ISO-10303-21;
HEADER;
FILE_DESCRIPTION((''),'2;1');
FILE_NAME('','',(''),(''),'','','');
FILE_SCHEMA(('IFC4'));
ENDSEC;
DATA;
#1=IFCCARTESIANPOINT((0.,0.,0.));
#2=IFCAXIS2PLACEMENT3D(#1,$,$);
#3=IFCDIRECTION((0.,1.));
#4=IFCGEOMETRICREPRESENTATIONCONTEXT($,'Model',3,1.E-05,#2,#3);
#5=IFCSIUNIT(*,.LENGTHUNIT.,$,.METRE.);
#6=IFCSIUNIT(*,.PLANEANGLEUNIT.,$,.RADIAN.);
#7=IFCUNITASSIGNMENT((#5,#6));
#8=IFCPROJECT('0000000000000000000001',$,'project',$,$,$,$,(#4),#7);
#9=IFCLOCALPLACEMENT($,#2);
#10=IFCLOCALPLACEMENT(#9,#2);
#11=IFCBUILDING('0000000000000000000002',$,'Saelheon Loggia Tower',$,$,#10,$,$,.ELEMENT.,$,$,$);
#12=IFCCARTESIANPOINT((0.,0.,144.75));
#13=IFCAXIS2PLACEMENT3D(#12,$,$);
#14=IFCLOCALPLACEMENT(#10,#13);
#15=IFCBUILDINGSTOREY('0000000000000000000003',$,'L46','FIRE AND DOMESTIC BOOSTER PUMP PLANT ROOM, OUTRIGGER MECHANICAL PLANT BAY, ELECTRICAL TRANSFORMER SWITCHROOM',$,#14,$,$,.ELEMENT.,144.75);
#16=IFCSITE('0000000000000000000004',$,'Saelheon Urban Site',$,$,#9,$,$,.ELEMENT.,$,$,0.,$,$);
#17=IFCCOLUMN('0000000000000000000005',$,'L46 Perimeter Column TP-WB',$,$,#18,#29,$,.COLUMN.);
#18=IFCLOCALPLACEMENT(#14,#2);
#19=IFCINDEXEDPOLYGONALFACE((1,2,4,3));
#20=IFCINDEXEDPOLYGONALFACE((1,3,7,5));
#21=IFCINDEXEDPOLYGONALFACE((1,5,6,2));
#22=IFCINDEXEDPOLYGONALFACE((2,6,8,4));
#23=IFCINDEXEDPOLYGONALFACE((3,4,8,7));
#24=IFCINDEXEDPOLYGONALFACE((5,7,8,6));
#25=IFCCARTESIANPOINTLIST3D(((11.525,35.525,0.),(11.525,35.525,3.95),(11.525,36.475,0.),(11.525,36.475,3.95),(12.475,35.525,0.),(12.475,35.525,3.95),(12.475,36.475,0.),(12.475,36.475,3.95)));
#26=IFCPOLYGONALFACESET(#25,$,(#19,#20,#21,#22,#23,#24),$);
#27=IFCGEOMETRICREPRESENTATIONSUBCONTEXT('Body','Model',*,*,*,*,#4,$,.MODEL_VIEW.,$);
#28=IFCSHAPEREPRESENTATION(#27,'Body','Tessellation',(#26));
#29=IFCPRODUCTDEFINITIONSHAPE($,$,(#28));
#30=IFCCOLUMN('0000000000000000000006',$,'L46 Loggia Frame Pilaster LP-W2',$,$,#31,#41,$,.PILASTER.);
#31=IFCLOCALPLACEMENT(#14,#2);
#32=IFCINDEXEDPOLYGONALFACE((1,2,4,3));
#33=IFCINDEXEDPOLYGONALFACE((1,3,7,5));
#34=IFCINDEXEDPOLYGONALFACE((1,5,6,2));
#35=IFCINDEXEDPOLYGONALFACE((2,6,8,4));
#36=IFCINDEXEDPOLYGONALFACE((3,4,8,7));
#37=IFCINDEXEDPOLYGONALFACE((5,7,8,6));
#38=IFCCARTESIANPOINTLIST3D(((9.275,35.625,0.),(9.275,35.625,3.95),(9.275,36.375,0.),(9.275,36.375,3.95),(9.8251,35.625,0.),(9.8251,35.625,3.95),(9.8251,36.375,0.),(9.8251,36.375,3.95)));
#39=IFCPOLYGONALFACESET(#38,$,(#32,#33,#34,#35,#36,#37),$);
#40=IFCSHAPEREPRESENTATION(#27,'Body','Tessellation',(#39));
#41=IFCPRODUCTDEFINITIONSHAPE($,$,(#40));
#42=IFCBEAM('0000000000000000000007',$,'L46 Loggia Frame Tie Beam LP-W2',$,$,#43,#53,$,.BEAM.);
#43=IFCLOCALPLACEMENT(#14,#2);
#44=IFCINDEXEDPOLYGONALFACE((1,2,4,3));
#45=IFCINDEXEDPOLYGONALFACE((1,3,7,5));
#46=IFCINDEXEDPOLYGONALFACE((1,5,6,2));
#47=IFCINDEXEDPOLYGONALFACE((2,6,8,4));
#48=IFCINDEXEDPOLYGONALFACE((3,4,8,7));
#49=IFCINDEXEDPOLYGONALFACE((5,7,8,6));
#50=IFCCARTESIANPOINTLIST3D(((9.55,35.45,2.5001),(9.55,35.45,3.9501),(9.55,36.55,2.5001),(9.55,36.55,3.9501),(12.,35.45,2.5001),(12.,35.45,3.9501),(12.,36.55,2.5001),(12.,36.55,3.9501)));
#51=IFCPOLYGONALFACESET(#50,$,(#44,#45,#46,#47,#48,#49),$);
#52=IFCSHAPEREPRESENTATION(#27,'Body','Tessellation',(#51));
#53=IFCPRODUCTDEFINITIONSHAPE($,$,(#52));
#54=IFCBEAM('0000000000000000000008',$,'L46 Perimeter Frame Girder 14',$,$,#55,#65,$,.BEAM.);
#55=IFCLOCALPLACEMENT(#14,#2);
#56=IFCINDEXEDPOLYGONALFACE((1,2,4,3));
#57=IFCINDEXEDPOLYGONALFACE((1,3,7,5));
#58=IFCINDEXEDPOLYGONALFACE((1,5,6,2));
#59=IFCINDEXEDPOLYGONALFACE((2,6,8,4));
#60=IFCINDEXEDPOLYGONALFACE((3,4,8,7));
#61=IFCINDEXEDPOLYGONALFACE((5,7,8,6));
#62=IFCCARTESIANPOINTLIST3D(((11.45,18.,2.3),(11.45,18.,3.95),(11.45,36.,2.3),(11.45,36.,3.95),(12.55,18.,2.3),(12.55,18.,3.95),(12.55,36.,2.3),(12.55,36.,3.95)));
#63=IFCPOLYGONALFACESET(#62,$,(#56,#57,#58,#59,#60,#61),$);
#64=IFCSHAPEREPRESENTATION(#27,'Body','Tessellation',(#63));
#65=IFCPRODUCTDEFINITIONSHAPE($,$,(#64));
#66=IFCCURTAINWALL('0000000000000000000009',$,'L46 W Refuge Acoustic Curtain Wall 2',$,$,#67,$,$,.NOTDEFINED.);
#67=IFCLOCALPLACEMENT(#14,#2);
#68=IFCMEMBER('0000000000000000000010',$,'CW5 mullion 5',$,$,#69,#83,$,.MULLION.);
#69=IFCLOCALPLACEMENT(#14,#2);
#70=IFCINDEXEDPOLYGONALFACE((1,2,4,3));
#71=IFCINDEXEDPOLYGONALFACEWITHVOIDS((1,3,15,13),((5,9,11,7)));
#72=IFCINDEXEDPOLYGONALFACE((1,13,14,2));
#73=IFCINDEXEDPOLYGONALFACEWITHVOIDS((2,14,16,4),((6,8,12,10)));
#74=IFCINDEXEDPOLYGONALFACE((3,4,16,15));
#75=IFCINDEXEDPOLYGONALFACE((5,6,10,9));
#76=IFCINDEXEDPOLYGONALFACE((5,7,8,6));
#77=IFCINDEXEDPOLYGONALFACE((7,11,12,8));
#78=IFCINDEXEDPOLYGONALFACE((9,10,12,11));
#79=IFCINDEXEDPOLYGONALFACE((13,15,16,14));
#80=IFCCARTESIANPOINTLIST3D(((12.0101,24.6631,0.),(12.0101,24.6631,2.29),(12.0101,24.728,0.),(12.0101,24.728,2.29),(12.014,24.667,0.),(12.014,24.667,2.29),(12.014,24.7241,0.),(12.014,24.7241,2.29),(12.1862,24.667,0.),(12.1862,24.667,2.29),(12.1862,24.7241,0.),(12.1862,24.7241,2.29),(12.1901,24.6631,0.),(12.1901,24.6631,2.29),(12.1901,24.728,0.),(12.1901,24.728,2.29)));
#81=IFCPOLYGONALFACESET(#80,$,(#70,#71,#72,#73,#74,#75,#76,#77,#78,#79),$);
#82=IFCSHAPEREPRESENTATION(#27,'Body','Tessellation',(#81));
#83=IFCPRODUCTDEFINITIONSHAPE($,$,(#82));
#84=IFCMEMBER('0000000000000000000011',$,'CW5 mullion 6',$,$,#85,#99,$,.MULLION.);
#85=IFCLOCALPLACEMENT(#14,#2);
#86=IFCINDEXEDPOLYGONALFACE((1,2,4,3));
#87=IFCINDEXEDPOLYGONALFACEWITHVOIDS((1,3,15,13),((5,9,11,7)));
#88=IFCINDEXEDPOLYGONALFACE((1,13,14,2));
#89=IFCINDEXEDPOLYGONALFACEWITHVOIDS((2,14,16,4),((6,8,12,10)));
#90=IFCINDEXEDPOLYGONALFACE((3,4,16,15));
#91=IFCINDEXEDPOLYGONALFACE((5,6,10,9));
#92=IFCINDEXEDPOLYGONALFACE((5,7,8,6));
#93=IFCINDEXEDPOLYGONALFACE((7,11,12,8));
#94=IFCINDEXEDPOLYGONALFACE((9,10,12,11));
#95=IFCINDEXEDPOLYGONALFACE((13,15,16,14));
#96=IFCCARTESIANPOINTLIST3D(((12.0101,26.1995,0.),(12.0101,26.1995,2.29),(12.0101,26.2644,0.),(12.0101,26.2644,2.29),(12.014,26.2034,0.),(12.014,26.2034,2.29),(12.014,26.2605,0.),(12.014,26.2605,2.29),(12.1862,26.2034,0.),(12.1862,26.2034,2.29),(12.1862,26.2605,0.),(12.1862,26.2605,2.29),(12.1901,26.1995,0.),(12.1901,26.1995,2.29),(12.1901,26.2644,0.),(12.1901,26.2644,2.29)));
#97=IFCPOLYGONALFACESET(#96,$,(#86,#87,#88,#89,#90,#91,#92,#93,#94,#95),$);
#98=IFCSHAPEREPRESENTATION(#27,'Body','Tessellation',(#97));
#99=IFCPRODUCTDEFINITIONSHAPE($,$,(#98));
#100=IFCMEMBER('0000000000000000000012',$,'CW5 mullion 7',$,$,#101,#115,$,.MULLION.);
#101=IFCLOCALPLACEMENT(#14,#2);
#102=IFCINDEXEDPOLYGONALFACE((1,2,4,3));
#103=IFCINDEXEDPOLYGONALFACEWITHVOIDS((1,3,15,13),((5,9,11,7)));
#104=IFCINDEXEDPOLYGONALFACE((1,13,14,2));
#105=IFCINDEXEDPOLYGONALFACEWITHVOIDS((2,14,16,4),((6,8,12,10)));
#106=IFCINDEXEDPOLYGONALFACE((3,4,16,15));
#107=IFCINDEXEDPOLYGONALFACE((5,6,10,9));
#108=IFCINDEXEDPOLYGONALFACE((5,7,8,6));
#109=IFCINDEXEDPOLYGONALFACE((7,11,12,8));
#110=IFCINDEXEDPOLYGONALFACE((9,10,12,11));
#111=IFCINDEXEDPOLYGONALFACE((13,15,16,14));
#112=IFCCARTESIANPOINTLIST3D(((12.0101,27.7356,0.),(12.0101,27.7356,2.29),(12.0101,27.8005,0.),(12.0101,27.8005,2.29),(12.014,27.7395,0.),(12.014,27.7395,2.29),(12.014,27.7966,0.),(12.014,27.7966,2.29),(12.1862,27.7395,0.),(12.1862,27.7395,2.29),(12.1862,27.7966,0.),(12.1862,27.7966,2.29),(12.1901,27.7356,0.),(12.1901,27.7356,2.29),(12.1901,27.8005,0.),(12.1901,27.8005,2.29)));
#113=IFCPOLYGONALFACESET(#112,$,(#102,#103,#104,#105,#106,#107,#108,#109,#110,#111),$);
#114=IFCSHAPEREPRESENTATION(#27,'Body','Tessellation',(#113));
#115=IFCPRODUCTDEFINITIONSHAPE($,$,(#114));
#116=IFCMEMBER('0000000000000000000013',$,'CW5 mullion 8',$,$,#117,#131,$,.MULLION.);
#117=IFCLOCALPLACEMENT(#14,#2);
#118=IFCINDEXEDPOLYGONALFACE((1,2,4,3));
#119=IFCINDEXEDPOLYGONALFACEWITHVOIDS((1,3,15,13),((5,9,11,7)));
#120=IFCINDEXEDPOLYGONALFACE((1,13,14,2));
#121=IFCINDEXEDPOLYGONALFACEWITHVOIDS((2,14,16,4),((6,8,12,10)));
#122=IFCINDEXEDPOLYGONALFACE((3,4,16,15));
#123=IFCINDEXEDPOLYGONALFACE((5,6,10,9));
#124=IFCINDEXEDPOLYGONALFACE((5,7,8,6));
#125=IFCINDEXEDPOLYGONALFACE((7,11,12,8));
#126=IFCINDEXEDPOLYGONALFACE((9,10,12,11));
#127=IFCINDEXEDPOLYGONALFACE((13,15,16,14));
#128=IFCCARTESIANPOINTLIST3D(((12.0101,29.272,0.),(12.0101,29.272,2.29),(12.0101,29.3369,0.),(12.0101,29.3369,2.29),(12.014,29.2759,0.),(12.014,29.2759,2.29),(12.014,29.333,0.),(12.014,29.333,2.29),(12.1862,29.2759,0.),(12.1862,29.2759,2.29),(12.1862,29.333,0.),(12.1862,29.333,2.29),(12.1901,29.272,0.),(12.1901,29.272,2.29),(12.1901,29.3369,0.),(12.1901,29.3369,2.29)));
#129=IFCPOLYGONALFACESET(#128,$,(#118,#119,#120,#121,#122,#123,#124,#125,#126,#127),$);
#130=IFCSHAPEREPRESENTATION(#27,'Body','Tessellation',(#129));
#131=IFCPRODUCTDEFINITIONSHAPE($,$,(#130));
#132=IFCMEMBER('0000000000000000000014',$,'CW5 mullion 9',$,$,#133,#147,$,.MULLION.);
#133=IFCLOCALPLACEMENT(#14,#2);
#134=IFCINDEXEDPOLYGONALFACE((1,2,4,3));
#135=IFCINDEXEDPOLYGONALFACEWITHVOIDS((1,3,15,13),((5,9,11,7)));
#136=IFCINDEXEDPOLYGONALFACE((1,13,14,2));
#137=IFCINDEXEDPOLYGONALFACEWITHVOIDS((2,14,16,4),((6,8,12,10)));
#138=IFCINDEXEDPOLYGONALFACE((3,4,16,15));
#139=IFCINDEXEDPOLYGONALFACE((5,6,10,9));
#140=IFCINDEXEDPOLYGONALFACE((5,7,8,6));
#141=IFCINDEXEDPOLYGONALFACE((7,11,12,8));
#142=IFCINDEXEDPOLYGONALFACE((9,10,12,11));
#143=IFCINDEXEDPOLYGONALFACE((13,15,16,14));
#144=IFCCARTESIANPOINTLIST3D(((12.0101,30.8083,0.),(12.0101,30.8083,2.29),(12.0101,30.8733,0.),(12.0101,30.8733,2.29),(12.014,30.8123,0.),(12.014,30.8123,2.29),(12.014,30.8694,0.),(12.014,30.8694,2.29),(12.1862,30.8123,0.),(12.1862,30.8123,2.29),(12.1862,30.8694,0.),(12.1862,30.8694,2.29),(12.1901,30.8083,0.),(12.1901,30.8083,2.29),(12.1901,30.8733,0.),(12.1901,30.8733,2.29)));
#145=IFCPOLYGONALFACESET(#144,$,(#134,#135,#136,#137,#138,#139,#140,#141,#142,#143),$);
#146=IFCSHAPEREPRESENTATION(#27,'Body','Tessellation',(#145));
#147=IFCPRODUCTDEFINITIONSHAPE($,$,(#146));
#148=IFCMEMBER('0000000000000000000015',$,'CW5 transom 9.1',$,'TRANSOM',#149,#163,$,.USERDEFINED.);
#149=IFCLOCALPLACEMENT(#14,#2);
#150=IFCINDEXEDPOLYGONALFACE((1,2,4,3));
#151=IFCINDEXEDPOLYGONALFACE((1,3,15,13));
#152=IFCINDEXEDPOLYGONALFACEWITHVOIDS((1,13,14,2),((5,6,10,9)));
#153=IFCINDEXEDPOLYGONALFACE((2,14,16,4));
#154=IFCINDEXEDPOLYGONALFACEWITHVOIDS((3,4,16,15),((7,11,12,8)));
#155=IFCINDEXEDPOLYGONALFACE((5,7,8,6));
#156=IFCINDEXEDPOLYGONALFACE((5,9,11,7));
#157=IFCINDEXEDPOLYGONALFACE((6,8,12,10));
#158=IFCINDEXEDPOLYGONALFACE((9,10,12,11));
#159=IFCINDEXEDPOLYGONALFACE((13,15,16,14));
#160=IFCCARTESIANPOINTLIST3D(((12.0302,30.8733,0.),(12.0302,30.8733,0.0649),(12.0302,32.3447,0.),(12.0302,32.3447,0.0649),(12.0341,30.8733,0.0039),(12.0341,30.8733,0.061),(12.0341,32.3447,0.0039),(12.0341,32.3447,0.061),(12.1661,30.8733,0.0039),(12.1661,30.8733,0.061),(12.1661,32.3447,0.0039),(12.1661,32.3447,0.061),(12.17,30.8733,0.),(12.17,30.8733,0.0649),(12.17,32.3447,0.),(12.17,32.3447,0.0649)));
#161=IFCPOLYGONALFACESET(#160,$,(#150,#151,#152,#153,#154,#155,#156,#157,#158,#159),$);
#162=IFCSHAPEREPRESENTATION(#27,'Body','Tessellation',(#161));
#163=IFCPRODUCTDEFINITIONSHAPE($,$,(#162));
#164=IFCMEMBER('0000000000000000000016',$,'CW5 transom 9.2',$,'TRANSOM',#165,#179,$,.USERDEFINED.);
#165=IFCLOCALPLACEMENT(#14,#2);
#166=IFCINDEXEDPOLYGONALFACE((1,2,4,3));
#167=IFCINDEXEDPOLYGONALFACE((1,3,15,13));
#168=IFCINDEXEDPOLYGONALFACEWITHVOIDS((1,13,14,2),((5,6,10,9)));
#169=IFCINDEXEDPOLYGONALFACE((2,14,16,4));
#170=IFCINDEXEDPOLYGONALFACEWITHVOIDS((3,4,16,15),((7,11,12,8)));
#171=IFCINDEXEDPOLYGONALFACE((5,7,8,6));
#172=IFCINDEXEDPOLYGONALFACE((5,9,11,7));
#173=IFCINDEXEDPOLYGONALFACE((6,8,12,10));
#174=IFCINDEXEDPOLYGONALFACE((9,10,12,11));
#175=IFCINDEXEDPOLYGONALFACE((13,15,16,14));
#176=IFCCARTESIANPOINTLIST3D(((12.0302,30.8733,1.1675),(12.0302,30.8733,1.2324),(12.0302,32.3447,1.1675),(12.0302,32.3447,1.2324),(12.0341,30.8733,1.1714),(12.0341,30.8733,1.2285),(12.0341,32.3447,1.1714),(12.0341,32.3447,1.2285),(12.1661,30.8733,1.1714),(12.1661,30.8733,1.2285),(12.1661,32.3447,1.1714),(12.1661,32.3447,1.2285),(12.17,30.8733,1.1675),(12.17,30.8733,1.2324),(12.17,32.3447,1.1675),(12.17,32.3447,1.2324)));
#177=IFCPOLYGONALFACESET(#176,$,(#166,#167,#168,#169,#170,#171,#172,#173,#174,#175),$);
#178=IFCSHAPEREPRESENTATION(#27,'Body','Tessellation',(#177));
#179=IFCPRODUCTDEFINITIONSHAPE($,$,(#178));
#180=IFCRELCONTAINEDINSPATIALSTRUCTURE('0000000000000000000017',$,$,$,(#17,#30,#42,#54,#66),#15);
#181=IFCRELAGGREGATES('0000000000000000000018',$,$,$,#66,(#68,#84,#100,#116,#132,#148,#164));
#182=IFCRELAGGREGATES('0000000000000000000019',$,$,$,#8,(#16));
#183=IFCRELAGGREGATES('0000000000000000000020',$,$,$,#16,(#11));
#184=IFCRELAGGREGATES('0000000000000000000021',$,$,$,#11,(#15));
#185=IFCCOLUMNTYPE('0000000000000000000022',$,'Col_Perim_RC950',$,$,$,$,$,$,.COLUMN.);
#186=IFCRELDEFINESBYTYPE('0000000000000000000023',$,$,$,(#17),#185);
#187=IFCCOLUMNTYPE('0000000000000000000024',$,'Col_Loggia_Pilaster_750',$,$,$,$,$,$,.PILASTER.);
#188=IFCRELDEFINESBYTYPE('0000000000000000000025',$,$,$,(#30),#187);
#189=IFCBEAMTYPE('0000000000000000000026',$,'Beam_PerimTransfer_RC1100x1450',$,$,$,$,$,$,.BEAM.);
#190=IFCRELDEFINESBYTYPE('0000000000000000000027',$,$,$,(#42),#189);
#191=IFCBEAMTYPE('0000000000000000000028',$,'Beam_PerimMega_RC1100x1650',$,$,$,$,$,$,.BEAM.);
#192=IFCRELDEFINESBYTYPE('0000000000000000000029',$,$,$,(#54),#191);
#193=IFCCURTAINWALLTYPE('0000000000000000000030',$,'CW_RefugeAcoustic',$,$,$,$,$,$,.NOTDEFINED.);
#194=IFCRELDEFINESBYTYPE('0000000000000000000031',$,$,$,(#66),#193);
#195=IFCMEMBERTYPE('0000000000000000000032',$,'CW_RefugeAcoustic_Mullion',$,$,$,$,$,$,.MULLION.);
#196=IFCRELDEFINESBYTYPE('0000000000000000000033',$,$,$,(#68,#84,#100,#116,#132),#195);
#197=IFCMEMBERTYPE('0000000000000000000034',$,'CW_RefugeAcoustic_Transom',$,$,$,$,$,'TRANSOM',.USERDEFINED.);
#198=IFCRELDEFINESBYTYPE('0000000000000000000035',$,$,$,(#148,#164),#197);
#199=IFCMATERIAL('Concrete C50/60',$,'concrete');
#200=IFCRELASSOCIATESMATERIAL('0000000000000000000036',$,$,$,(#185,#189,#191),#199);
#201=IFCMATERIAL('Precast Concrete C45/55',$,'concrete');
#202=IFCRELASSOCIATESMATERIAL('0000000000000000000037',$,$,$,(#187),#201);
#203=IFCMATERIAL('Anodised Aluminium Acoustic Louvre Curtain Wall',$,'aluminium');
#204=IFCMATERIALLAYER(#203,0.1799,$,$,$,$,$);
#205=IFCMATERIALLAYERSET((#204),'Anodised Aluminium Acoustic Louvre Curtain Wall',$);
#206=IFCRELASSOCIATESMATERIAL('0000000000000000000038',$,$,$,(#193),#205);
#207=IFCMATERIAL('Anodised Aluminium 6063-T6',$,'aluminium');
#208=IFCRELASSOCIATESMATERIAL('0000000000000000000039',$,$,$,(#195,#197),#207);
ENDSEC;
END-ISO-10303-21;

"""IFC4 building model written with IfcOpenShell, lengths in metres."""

from ifc_helpers import new_model, si_unit, direction, frame, origin, origin_2d, place, context, subcontext, project, spatial, rectangle, hollow_rectangle, extrude, source, transform, mapped, material, layer, layer_set, material_profile, profile_set, type_object, element, aggregate, save


model = new_model("IFC4")

# Units and contexts
model_context = context("Model", 3, precision=1e-05, world=origin(), true_north=direction((0.0, 1.0)))
body_context = subcontext(model_context, "Body", "Model", "MODEL_VIEW")
ifc_project = project(units=[si_unit("LENGTHUNIT", "METRE"), si_unit("PLANEANGLEUNIT", "RADIAN")], contexts=[model_context])

# Site, building, storey
site_placement = place(None, origin())
site = spatial("IfcSite", under=ifc_project, at=site_placement, Name="Saelheon Urban Site", CompositionType="ELEMENT", RefElevation=0.0)
building_placement = place(site_placement, origin())
building = spatial("IfcBuilding", under=site, at=building_placement, Name="Saelheon Loggia Tower", CompositionType="ELEMENT")
storey_placement = place(building_placement, frame((0.0, 0.0, 144.75)))
storey = spatial("IfcBuildingStorey", under=building, at=storey_placement, Name="L46", Description="FIRE AND DOMESTIC BOOSTER PUMP PLANT ROOM, OUTRIGGER MECHANICAL PLANT BAY, ELECTRICAL TRANSFORMER SWITCHROOM", CompositionType="ELEMENT", Elevation=144.75)

# Columns
ifc_material_1 = material(Name="Concrete C50/60", Category="concrete")
ifc_material_profile_1 = material_profile(ifc_material_1, rectangle(XDim=0.95, YDim=0.95, at=origin_2d()), Name="RC-950x950")
ifc_profile_set_1 = profile_set([ifc_material_profile_1], Name="Concrete C50/60")
column_type_1 = type_object("IfcColumnType", Name="Col_Perim_RC950", PredefinedType="COLUMN", material=ifc_profile_set_1)
shared_shape_1 = source(origin(), body_context, "Body", "SweptSolid", [
    extrude(rectangle(XDim=0.95, YDim=0.95, at=origin_2d()), origin(), (0.0, 0.0, 1.0), 3.95),
])
column_1_placement = place(storey_placement, frame((12.0, 36.0, 0.0), z_axis=(0.0, 0.0, 1.0), x_axis=(1.0, 0.0, 0.0)))
element("IfcColumn", 1, at=column_1_placement, inside=storey, type_object=column_type_1, Name="L46 Perimeter Column TP-WB", PredefinedType="COLUMN", context=body_context, shape_type="MappedRepresentation", body=[
    mapped(shared_shape_1, transform((0.0, 0.0, 0.0), scale=1.0)),
])
ifc_material_2 = material(Name="Precast Concrete C45/55", Category="concrete")
ifc_material_profile_2 = material_profile(ifc_material_2, rectangle(XDim=0.55, YDim=0.75, at=origin_2d()), Name="RC-550x750")
ifc_profile_set_2 = profile_set([ifc_material_profile_2], Name="Precast Concrete C45/55")
column_type_2 = type_object("IfcColumnType", Name="Col_Loggia_Pilaster_750", PredefinedType="PILASTER", material=ifc_profile_set_2)
shared_shape_2 = source(origin(), body_context, "Body", "SweptSolid", [
    extrude(rectangle(XDim=0.55, YDim=0.75, at=origin_2d()), origin(), (0.0, 0.0, 1.0), 3.95),
])
column_2_placement = place(storey_placement, frame((9.55, 36.0, 0.0), z_axis=(0.0, 0.0, 1.0), x_axis=(1.0, 0.0, 0.0)))
element("IfcColumn", 2, at=column_2_placement, inside=storey, type_object=column_type_2, Name="L46 Loggia Frame Pilaster LP-W2", PredefinedType="PILASTER", context=body_context, shape_type="MappedRepresentation", body=[
    mapped(shared_shape_2, transform((0.0, 0.0, 0.0), scale=1.0)),
])

# Beams
ifc_material_profile_3 = material_profile(ifc_material_1, rectangle(XDim=1.1001, YDim=1.45, at=origin_2d()), Name="RC-1100x1450")
ifc_profile_set_3 = profile_set([ifc_material_profile_3], Name="Concrete C50/60")
beam_type_1 = type_object("IfcBeamType", Name="Beam_PerimTransfer_RC1100x1450", PredefinedType="BEAM", material=ifc_profile_set_3)
shared_shape_3 = source(origin(), body_context, "Body", "SweptSolid", [
    extrude(rectangle(XDim=1.1001, YDim=1.45, at=origin_2d()), origin(), (0.0, 0.0, 1.0), 2.45),
])
beam_1_placement = place(storey_placement, frame((12.0, 36.0, 3.2251), z_axis=(-1.0, 0.0, 0.0), x_axis=(0.0, -1.0, 0.0)))
element("IfcBeam", 3, at=beam_1_placement, inside=storey, type_object=beam_type_1, Name="L46 Loggia Frame Tie Beam LP-W2", PredefinedType="BEAM", context=body_context, shape_type="MappedRepresentation", body=[
    mapped(shared_shape_3, transform((0.0, 0.0, 0.0), scale=1.0)),
])
ifc_material_profile_4 = material_profile(ifc_material_1, rectangle(XDim=1.1001, YDim=1.6499, at=origin_2d()), Name="RC-1100x1650")
ifc_profile_set_4 = profile_set([ifc_material_profile_4], Name="Concrete C50/60")
beam_type_2 = type_object("IfcBeamType", Name="Beam_PerimMega_RC1100x1650", PredefinedType="BEAM", material=ifc_profile_set_4)
shared_shape_4 = source(origin(), body_context, "Body", "SweptSolid", [
    extrude(rectangle(XDim=1.1001, YDim=1.6499, at=origin_2d()), origin(), (0.0, 0.0, 1.0), 18.0),
])
beam_2_placement = place(storey_placement, frame((12.0, 36.0, 3.125), z_axis=(0.0, -1.0, 0.0), x_axis=(1.0, 0.0, 0.0)))
element("IfcBeam", 4, at=beam_2_placement, inside=storey, type_object=beam_type_2, Name="L46 Perimeter Frame Girder 14", PredefinedType="BEAM", context=body_context, shape_type="MappedRepresentation", body=[
    mapped(shared_shape_4, transform((0.0, 0.0, 0.0), scale=1.0)),
])

# Curtain wall, members
ifc_material_3 = material(Name="Anodised Aluminium Acoustic Louvre Curtain Wall", Category="aluminium")
ifc_layer_1 = layer(ifc_material_3, 0.1799)
ifc_layer_set_1 = layer_set([ifc_layer_1], Name="Anodised Aluminium Acoustic Louvre Curtain Wall")
curtain_wall_type = type_object("IfcCurtainWallType", Name="CW_RefugeAcoustic", PredefinedType="NOTDEFINED", material=ifc_layer_set_1)
curtain_wall_placement = place(storey_placement, origin())
curtain_wall = element("IfcCurtainWall", 5, at=curtain_wall_placement, inside=storey, type_object=curtain_wall_type, Name="L46 W Refuge Acoustic Curtain Wall 2", PredefinedType="NOTDEFINED")
ifc_material_4 = material(Name="Anodised Aluminium 6063-T6", Category="aluminium")
ifc_material_profile_5 = material_profile(ifc_material_4, hollow_rectangle(XDim=0.0649, YDim=0.1799, WallThickness=0.0039, at=origin_2d()), Name="RHS-180x65x4")
ifc_profile_set_5 = profile_set([ifc_material_profile_5], Name="Anodised Aluminium 6063-T6")
member_type_1 = type_object("IfcMemberType", Name="CW_RefugeAcoustic_Mullion", PredefinedType="MULLION", material=ifc_profile_set_5)
shared_shape_5 = source(origin(), body_context, "Body", "SweptSolid", [
    extrude(hollow_rectangle(XDim=0.0649, YDim=0.1799, WallThickness=0.0039, at=origin_2d()), origin(), (0.0, 0.0, 1.0), 2.29),
])
member_1_placement = place(storey_placement, frame((12.1001, 24.6956, 0.0), z_axis=(0.0, 0.0, 1.0), x_axis=(0.0, 1.0, 0.0)))
member_1 = element("IfcMember", 6, at=member_1_placement, type_object=member_type_1, Name="CW5 mullion 5", PredefinedType="MULLION", context=body_context, shape_type="MappedRepresentation", body=[
    mapped(shared_shape_5, transform((0.0, 0.0, 0.0), scale=1.0)),
])
member_2_placement = place(storey_placement, frame((12.1001, 26.2319, 0.0), z_axis=(0.0, 0.0, 1.0), x_axis=(0.0, 1.0, 0.0)))
member_2 = element("IfcMember", 7, at=member_2_placement, type_object=member_type_1, Name="CW5 mullion 6", PredefinedType="MULLION", context=body_context, shape_type="MappedRepresentation", body=[
    mapped(shared_shape_5, transform((0.0, 0.0, 0.0), scale=1.0)),
])
member_3_placement = place(storey_placement, frame((12.1001, 27.7681, 0.0), z_axis=(0.0, 0.0, 1.0), x_axis=(0.0, 1.0, 0.0)))
member_3 = element("IfcMember", 8, at=member_3_placement, type_object=member_type_1, Name="CW5 mullion 7", PredefinedType="MULLION", context=body_context, shape_type="MappedRepresentation", body=[
    mapped(shared_shape_5, transform((0.0, 0.0, 0.0), scale=1.0)),
])
member_4_placement = place(storey_placement, frame((12.1001, 29.3044, 0.0), z_axis=(0.0, 0.0, 1.0), x_axis=(0.0, 1.0, 0.0)))
member_4 = element("IfcMember", 9, at=member_4_placement, type_object=member_type_1, Name="CW5 mullion 8", PredefinedType="MULLION", context=body_context, shape_type="MappedRepresentation", body=[
    mapped(shared_shape_5, transform((0.0, 0.0, 0.0), scale=1.0)),
])
member_5_placement = place(storey_placement, frame((12.1001, 30.8408, 0.0), z_axis=(0.0, 0.0, 1.0), x_axis=(0.0, 1.0, 0.0)))
member_5 = element("IfcMember", 10, at=member_5_placement, type_object=member_type_1, Name="CW5 mullion 9", PredefinedType="MULLION", context=body_context, shape_type="MappedRepresentation", body=[
    mapped(shared_shape_5, transform((0.0, 0.0, 0.0), scale=1.0)),
])
ifc_material_profile_6 = material_profile(ifc_material_4, hollow_rectangle(XDim=0.0649, YDim=0.1399, WallThickness=0.0039, at=origin_2d()), Name="RHS-140x65x4")
ifc_profile_set_6 = profile_set([ifc_material_profile_6], Name="Anodised Aluminium 6063-T6")
member_type_2 = type_object("IfcMemberType", Name="CW_RefugeAcoustic_Transom", ElementType="TRANSOM", PredefinedType="USERDEFINED", material=ifc_profile_set_6)
shared_shape_6 = source(origin(), body_context, "Body", "SweptSolid", [
    extrude(hollow_rectangle(XDim=0.0649, YDim=0.1399, WallThickness=0.0039, at=origin_2d()), origin(), (0.0, 0.0, 1.0), 1.4714),
])
member_6_placement = place(storey_placement, frame((12.1001, 30.8733, 0.0325), z_axis=(0.0, 1.0, 0.0), x_axis=(0.0, 0.0, 1.0)))
member_6 = element("IfcMember", 11, at=member_6_placement, type_object=member_type_2, Name="CW5 transom 9.1", ObjectType="TRANSOM", PredefinedType="USERDEFINED", context=body_context, shape_type="MappedRepresentation", body=[
    mapped(shared_shape_6, transform((0.0, 0.0, 0.0), scale=1.0)),
])
member_7_placement = place(storey_placement, frame((12.1001, 30.8733, 1.2), z_axis=(0.0, 1.0, 0.0), x_axis=(0.0, 0.0, 1.0)))
member_7 = element("IfcMember", 12, at=member_7_placement, type_object=member_type_2, Name="CW5 transom 9.2", ObjectType="TRANSOM", PredefinedType="USERDEFINED", context=body_context, shape_type="MappedRepresentation", body=[
    mapped(shared_shape_6, transform((0.0, 0.0, 0.0), scale=1.0)),
])
aggregate(curtain_wall, [member_1, member_2, member_3, member_4, member_5, member_6, member_7])

save(model, "model.ifc")
